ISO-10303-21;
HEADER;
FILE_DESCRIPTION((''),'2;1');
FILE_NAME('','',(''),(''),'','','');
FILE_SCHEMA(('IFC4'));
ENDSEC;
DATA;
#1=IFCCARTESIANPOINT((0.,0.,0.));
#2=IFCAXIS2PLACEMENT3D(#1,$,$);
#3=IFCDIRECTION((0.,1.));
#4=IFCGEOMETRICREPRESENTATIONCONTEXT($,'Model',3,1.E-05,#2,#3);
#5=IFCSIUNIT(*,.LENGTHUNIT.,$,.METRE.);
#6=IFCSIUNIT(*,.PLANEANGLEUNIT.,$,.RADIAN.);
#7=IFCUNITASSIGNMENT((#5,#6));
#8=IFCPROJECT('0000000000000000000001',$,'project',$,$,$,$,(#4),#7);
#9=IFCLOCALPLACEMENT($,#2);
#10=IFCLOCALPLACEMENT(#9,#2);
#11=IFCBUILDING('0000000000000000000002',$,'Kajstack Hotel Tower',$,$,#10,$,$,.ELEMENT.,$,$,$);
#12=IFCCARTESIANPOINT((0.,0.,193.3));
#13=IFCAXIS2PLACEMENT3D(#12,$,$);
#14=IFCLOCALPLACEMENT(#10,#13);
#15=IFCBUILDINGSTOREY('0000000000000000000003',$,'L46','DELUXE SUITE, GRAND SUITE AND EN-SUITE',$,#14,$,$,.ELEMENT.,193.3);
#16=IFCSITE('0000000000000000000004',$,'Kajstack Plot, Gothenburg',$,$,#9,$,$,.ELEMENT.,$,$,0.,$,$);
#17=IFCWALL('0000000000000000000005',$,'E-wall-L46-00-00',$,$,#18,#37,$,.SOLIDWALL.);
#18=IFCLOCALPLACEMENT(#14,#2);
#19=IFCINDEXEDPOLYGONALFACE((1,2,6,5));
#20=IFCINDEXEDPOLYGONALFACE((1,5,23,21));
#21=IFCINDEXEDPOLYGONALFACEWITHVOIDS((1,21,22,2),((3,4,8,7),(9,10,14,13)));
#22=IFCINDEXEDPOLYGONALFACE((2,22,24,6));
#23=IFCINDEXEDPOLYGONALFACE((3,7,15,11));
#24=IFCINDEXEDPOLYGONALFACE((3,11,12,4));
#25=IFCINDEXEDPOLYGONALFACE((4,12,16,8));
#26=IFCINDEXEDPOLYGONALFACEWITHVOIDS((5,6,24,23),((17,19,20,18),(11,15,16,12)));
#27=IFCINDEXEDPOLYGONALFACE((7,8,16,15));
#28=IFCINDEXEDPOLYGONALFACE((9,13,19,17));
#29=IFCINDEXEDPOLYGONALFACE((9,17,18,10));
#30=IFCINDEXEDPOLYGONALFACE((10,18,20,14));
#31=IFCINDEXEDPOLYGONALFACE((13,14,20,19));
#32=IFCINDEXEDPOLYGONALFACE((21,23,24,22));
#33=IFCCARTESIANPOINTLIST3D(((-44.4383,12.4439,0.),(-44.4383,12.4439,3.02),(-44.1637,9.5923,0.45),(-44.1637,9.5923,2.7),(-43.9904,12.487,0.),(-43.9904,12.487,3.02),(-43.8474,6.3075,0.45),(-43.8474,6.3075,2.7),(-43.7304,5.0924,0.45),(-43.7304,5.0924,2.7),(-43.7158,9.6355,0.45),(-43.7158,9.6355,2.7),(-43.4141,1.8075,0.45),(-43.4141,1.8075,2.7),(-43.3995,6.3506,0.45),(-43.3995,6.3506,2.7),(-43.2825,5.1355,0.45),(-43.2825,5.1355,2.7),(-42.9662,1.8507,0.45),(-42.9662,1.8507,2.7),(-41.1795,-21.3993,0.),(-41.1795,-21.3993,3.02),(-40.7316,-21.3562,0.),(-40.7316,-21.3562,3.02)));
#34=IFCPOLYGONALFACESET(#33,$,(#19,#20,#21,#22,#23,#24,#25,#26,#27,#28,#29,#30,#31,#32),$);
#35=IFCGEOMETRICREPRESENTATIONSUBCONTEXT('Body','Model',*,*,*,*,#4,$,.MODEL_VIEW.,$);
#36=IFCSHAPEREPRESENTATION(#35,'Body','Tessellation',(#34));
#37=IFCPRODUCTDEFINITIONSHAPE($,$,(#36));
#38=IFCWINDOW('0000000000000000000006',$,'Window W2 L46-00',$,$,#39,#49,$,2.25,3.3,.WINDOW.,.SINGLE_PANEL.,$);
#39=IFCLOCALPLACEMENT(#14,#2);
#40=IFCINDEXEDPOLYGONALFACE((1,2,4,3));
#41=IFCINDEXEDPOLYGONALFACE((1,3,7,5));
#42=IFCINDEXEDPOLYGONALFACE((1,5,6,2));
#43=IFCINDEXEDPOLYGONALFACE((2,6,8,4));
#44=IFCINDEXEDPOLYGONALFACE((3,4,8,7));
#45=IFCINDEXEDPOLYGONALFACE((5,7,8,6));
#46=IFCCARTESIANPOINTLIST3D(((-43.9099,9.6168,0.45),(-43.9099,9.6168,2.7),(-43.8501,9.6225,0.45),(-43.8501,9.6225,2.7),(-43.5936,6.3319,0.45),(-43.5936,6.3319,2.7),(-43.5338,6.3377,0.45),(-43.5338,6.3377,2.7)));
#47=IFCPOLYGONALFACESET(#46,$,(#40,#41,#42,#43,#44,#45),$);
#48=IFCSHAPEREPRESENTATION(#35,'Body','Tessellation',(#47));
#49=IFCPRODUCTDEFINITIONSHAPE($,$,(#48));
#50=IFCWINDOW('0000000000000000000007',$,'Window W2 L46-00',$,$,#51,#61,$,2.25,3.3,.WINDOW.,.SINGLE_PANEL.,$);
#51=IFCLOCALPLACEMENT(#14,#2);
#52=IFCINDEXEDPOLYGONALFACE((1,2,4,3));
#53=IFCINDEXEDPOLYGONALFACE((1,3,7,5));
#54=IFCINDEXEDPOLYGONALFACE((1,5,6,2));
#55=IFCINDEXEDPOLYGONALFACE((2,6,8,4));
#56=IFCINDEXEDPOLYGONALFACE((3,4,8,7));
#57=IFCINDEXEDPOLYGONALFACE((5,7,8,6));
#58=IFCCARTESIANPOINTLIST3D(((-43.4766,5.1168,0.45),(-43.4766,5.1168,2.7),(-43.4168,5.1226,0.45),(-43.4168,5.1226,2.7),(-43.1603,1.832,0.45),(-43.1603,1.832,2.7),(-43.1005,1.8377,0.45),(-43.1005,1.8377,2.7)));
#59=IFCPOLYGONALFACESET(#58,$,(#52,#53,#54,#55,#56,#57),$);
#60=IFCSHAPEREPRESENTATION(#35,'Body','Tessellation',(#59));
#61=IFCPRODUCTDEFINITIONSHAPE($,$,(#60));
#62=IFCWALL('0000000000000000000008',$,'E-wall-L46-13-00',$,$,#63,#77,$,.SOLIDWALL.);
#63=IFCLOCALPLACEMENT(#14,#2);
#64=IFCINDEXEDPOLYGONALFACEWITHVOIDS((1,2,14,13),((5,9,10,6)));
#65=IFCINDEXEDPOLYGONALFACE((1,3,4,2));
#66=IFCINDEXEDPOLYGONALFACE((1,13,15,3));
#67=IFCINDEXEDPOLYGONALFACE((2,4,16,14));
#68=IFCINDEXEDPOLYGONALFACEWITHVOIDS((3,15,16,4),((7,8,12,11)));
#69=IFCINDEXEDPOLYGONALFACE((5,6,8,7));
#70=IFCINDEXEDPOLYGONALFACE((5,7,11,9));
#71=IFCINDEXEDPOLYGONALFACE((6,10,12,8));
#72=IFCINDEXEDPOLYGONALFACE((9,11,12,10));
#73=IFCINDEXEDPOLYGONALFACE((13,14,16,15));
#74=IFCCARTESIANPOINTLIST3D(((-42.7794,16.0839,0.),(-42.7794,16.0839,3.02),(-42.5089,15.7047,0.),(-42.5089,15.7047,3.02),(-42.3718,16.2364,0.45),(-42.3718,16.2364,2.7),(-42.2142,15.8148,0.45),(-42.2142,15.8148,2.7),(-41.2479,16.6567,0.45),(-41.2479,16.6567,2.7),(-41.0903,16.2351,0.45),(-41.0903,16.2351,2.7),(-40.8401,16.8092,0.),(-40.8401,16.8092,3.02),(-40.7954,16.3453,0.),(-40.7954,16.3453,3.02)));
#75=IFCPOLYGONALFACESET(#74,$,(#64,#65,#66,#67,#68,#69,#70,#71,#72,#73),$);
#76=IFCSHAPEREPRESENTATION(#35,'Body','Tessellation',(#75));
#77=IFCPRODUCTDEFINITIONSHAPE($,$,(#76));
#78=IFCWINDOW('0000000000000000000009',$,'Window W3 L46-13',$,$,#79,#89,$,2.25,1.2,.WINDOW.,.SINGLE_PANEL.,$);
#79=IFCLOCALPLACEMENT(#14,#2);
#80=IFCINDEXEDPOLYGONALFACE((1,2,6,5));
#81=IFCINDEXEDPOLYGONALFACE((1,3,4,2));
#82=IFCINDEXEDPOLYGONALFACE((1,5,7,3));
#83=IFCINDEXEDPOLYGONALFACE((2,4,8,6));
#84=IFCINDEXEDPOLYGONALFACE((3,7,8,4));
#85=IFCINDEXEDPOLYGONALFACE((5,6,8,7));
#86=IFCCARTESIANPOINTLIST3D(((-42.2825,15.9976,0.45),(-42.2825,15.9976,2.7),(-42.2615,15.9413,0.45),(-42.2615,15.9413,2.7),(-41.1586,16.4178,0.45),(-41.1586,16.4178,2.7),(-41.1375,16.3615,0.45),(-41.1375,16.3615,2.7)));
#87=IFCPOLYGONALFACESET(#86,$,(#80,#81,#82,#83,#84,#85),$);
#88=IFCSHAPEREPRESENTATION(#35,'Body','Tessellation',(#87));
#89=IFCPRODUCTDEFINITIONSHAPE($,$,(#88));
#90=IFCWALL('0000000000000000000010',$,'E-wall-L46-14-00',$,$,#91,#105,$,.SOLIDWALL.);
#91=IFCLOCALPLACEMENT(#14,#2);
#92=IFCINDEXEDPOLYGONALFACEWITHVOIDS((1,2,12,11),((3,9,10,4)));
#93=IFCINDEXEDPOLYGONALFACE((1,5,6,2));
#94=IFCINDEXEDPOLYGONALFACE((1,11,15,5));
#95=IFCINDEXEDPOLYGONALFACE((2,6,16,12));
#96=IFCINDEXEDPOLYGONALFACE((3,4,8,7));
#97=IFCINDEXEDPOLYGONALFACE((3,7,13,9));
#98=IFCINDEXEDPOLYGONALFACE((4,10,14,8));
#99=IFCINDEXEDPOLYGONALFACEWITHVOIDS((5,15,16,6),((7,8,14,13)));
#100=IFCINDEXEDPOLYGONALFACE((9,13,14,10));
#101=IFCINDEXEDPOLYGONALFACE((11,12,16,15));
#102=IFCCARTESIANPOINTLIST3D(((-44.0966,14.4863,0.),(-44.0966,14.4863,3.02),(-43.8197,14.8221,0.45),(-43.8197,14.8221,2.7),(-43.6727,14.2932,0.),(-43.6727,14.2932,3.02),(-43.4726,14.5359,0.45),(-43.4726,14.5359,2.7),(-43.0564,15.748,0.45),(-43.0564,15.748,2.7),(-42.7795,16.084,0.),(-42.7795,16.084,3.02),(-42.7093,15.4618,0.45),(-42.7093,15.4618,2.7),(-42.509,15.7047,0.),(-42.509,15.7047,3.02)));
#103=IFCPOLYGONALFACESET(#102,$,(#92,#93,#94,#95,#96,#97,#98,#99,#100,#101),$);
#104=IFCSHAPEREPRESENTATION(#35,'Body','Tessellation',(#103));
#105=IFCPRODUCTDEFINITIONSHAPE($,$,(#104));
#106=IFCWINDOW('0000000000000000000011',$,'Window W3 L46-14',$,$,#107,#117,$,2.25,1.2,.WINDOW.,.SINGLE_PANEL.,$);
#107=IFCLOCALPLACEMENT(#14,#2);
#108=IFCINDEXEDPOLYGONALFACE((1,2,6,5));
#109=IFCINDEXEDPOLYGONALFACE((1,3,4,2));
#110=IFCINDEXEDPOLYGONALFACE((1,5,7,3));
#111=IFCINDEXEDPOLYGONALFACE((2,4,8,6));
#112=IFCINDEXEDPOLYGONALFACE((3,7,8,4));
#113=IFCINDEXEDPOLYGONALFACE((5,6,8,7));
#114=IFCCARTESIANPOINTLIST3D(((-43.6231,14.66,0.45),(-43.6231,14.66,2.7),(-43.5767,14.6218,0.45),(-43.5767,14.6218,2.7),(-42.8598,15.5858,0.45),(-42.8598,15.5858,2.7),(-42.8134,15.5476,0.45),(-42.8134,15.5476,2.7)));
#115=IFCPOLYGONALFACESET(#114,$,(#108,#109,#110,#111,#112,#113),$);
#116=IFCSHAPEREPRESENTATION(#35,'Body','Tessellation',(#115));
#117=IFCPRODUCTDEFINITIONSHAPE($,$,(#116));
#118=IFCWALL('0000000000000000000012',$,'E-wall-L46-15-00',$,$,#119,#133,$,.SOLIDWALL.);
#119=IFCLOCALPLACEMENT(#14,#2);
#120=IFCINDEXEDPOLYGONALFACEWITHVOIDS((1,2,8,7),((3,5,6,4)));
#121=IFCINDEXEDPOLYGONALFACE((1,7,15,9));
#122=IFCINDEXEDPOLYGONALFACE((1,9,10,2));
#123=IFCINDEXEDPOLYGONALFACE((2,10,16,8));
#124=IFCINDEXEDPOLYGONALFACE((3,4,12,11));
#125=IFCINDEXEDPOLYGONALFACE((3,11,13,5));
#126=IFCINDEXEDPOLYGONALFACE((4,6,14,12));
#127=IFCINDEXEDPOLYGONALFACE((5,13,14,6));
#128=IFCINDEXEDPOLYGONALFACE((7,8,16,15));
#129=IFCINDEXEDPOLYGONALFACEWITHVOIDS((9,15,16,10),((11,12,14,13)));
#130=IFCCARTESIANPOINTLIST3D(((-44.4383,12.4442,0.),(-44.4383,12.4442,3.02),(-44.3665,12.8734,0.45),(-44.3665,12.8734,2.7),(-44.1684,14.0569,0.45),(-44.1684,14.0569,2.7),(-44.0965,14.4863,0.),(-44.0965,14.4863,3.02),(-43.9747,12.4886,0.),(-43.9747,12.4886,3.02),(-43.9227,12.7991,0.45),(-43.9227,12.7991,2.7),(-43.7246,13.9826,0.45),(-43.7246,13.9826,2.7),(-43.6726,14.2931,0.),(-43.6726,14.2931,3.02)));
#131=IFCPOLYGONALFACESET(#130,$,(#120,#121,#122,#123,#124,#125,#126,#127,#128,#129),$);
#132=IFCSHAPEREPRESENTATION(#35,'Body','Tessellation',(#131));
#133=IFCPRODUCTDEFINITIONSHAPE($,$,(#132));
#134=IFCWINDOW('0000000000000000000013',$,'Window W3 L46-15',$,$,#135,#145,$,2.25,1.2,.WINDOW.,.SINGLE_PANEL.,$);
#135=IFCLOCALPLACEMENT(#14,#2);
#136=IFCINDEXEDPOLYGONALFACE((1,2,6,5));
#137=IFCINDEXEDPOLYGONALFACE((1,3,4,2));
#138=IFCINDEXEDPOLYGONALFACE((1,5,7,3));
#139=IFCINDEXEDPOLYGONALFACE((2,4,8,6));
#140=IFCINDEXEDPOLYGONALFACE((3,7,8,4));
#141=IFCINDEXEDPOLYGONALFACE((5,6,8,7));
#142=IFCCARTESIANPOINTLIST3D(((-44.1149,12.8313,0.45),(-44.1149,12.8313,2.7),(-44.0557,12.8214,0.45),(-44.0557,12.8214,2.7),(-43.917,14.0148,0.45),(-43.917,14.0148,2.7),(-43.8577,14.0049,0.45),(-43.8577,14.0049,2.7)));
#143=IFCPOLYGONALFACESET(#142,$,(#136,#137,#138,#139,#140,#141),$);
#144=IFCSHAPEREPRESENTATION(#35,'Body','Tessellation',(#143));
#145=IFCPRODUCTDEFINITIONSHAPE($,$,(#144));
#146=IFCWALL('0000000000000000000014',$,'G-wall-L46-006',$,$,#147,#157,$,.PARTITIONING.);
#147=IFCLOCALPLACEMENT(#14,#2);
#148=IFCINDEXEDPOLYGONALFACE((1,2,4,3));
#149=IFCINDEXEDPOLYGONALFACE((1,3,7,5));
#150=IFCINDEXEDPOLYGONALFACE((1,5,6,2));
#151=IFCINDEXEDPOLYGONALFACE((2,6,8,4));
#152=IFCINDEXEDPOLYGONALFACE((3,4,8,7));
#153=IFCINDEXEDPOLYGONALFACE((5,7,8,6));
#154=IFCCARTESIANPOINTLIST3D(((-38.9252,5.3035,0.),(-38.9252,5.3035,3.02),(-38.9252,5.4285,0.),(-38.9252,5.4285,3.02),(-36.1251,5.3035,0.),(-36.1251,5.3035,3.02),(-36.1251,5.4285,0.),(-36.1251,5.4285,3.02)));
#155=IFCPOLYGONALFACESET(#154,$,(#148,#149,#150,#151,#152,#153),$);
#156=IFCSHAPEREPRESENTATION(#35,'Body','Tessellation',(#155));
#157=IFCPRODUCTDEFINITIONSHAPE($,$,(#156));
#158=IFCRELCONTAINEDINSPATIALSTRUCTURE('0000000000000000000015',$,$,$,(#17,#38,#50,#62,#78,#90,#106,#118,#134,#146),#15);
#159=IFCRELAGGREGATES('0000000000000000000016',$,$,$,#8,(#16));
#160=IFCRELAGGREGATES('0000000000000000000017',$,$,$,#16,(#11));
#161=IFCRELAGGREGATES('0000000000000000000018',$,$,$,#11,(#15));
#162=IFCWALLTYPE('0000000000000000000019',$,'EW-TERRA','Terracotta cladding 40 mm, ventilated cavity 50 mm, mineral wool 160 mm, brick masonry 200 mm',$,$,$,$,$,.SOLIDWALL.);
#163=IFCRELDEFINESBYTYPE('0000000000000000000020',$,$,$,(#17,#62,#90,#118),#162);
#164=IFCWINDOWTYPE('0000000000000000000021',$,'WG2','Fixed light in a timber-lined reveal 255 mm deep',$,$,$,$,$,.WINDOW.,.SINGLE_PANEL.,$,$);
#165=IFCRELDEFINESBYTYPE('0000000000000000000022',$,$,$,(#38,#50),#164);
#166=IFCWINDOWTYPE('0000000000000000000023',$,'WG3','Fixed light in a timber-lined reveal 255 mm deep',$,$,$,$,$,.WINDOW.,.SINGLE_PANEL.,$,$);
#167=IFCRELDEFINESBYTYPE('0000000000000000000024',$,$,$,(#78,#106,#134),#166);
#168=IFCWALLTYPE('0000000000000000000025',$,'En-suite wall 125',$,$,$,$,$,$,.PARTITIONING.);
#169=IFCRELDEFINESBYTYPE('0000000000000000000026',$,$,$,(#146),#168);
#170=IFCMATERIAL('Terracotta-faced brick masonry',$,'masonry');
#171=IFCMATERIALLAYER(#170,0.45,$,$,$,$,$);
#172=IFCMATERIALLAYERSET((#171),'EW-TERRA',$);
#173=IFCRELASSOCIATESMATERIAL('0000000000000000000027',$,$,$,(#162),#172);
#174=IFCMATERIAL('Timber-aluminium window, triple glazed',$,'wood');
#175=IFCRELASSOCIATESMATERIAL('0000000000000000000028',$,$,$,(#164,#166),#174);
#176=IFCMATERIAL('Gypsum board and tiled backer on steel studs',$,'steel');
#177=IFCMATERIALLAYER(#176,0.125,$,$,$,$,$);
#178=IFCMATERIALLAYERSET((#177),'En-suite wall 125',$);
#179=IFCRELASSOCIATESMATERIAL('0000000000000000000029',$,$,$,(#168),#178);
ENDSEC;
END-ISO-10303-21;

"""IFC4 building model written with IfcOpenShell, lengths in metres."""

from ifc_helpers import new_model, si_unit, direction, frame, frame_2d, origin, place, context, subcontext, project, spatial, polyline, rectangle, outline, extrude, material, layer, layer_set, type_object, element, fill, save


model = new_model("IFC4")

# Units and contexts
model_context = context("Model", 3, precision=1e-05, world=origin(), true_north=direction((0.0, 1.0)))
body_context = subcontext(model_context, "Body", "Model", "MODEL_VIEW")
ifc_project = project(units=[si_unit("LENGTHUNIT", "METRE"), si_unit("PLANEANGLEUNIT", "RADIAN")], contexts=[model_context])

# Site, building, storey
site_placement = place(None, origin())
site = spatial("IfcSite", under=ifc_project, at=site_placement, Name="Kajstack Plot, Gothenburg", CompositionType="ELEMENT", RefElevation=0.0)
building_placement = place(site_placement, origin())
building = spatial("IfcBuilding", under=site, at=building_placement, Name="Kajstack Hotel Tower", CompositionType="ELEMENT")
storey_placement = place(building_placement, frame((0.0, 0.0, 193.3)))
storey = spatial("IfcBuildingStorey", under=building, at=storey_placement, Name="L46", Description="DELUXE SUITE, GRAND SUITE AND EN-SUITE", CompositionType="ELEMENT", Elevation=193.3)

# Wall, openings, windows
ifc_material_1 = material(Name="Terracotta-faced brick masonry", Category="masonry")
ifc_layer_1 = layer(ifc_material_1, 0.45)
ifc_layer_set_1 = layer_set([ifc_layer_1], Name="EW-TERRA")
wall_type_1 = type_object("IfcWallType", Name="EW-TERRA", Description="Terracotta cladding 40 mm, ventilated cavity 50 mm, mineral wool 160 mm, brick masonry 200 mm", PredefinedType="SOLIDWALL", material=ifc_layer_set_1)
wall_1_placement = place(storey_placement, frame((-44.2144, 12.4656, 0.0), z_axis=(0.0, 0.0, 1.0), x_axis=(0.095847, -0.995396, 0.0)))
wall_1 = element("IfcWall", 1, at=wall_1_placement, inside=storey, type_object=wall_type_1, Name="E-wall-L46-00-00", PredefinedType="SOLIDWALL", context=body_context, shape_type="SweptSolid", body=[
    extrude(rectangle(XDim=33.9998, YDim=0.45, at=frame_2d((17.0, 0.0))), origin(), (0.0, 0.0, 1.0), 3.02),
])
opening_1_placement = place(wall_1_placement, frame((2.865, 0.0, 0.45)))
opening_1 = element("IfcOpeningElement", 2, at=opening_1_placement, cuts=wall_1, PredefinedType="OPENING", context=body_context, shape_type="SweptSolid", body=[
    extrude(rectangle(XDim=3.3, YDim=2.25, at=frame_2d((1.6499, 1.125))), frame((0.0, 0.2349, 0.0), z_axis=(0.0, -1.0, 0.0), x_axis=(1.0, 0.0, 0.0)), (0.0, 0.0, 1.0), 0.47),
])
opening_2_placement = place(wall_1_placement, frame((7.3857, 0.0, 0.45)))
opening_2 = element("IfcOpeningElement", 3, at=opening_2_placement, cuts=wall_1, PredefinedType="OPENING", context=body_context, shape_type="SweptSolid", body=[
    extrude(rectangle(XDim=3.3, YDim=2.25, at=frame_2d((1.6499, 1.125))), frame((0.0, 0.2349, 0.0), z_axis=(0.0, -1.0, 0.0), x_axis=(1.0, 0.0, 0.0)), (0.0, 0.0, 1.0), 0.47),
])
ifc_material_2 = material(Name="Timber-aluminium window, triple glazed", Category="wood")
window_type_1 = type_object("IfcWindowType", Name="WG2", Description="Fixed light in a timber-lined reveal 255 mm deep", PartitioningType="SINGLE_PANEL", PredefinedType="WINDOW", material=ifc_material_2)
window_1_placement = place(opening_1_placement, origin())
window_1 = element("IfcWindow", 4, at=window_1_placement, inside=storey, type_object=window_type_1, Name="Window W2 L46-00", OverallHeight=2.25, OverallWidth=3.3, PartitioningType="SINGLE_PANEL", PredefinedType="WINDOW", context=body_context, shape_type="SweptSolid", body=[
    extrude(rectangle(XDim=3.3, YDim=2.25, at=frame_2d((1.6499, 1.125))), frame((0.0, 0.0901, 0.0), z_axis=(0.0, -1.0, 0.0), x_axis=(1.0, 0.0, 0.0)), (0.0, 0.0, 1.0), 0.0601),
])
fill(opening_1, window_1)
window_2_placement = place(opening_2_placement, origin())
window_2 = element("IfcWindow", 5, at=window_2_placement, inside=storey, type_object=window_type_1, Name="Window W2 L46-00", OverallHeight=2.25, OverallWidth=3.3, PartitioningType="SINGLE_PANEL", PredefinedType="WINDOW", context=body_context, shape_type="SweptSolid", body=[
    extrude(rectangle(XDim=3.3, YDim=2.25, at=frame_2d((1.6499, 1.125))), frame((0.0, 0.0901, 0.0), z_axis=(0.0, -1.0, 0.0), x_axis=(1.0, 0.0, 0.0)), (0.0, 0.0, 1.0), 0.0601),
])
fill(opening_2, window_2)

# Walls, openings, windows
wall_2_placement = place(storey_placement, frame((-40.7612, 16.5984, 0.0), z_axis=(0.0, 0.0, 1.0), x_axis=(-0.936678, -0.350193, 0.0)))
wall_2 = element("IfcWall", 6, at=wall_2_placement, inside=storey, type_object=wall_type_1, Name="E-wall-L46-13-00", PredefinedType="SOLIDWALL", context=body_context, shape_type="SweptSolid", body=[
    extrude(outline(polyline([(0.0, -0.2251), (2.0706, -0.2249), (1.95, 0.2251), (0.1206, 0.2251), (0.0, -0.2251)])), origin(), (0.0, 0.0, 1.0), 3.02),
])
opening_3_placement = place(wall_2_placement, frame((0.4353, 0.0, 0.45)))
opening_3 = element("IfcOpeningElement", 7, at=opening_3_placement, cuts=wall_2, PredefinedType="OPENING", context=body_context, shape_type="SweptSolid", body=[
    extrude(rectangle(XDim=1.2, YDim=2.25, at=frame_2d((0.6001, 1.125))), frame((0.0, 0.2349, 0.0), z_axis=(0.0, -1.0, 0.0), x_axis=(1.0, 0.0, 0.0)), (0.0, 0.0, 1.0), 0.47),
])
window_type_2 = type_object("IfcWindowType", Name="WG3", Description="Fixed light in a timber-lined reveal 255 mm deep", PartitioningType="SINGLE_PANEL", PredefinedType="WINDOW", material=ifc_material_2)
window_3_placement = place(opening_3_placement, origin())
window_3 = element("IfcWindow", 8, at=window_3_placement, inside=storey, type_object=window_type_2, Name="Window W3 L46-13", OverallHeight=2.25, OverallWidth=1.2, PartitioningType="SINGLE_PANEL", PredefinedType="WINDOW", context=body_context, shape_type="SweptSolid", body=[
    extrude(rectangle(XDim=1.2, YDim=2.25, at=frame_2d((0.6001, 1.125))), frame((0.0, 0.0901, 0.0), z_axis=(0.0, -1.0, 0.0), x_axis=(1.0, 0.0, 0.0)), (0.0, 0.0, 1.0), 0.0601),
])
fill(opening_3, window_3)
wall_3_placement = place(storey_placement, frame((-42.606, 15.9409, 0.0), z_axis=(0.0, 0.0, 1.0), x_axis=(-0.636116, -0.771593, 0.0)))
wall_3 = element("IfcWall", 9, at=wall_3_placement, inside=storey, type_object=wall_type_1, Name="E-wall-L46-14-00", PredefinedType="SOLIDWALL", context=body_context, shape_type="SweptSolid", body=[
    extrude(outline(polyline([(0.0, -0.2249), (2.0706, -0.2249), (1.95, 0.2251), (0.1206, 0.2251), (0.0, -0.2249)])), origin(), (0.0, 0.0, 1.0), 3.02),
])
opening_4_placement = place(wall_3_placement, frame((0.4353, 0.0, 0.45)))
opening_4 = element("IfcOpeningElement", 10, at=opening_4_placement, cuts=wall_3, PredefinedType="OPENING", context=body_context, shape_type="SweptSolid", body=[
    extrude(rectangle(XDim=1.2, YDim=2.25, at=frame_2d((0.6001, 1.125))), frame((0.0, 0.2349, 0.0), z_axis=(0.0, -1.0, 0.0), x_axis=(1.0, 0.0, 0.0)), (0.0, 0.0, 1.0), 0.47),
])
window_4_placement = place(opening_4_placement, origin())
window_4 = element("IfcWindow", 11, at=window_4_placement, inside=storey, type_object=window_type_2, Name="Window W3 L46-14", OverallHeight=2.25, OverallWidth=1.2, PartitioningType="SINGLE_PANEL", PredefinedType="WINDOW", context=body_context, shape_type="SweptSolid", body=[
    extrude(rectangle(XDim=1.2, YDim=2.25, at=frame_2d((0.6001, 1.125))), frame((0.0, 0.0901, 0.0), z_axis=(0.0, -1.0, 0.0), x_axis=(1.0, 0.0, 0.0)), (0.0, 0.0, 1.0), 0.0601),
])
fill(opening_4, window_4)
wall_4_placement = place(storey_placement, frame((-43.8748, 14.4492, 0.0), z_axis=(0.0, 0.0, 1.0), x_axis=(-0.164953, -0.986301, 0.0)))
wall_4 = element("IfcWall", 12, at=wall_4_placement, inside=storey, type_object=wall_type_1, Name="E-wall-L46-15-00", PredefinedType="SOLIDWALL", context=body_context, shape_type="SweptSolid", body=[
    extrude(outline(polyline([(0.0, -0.2249), (2.0706, -0.2251), (1.9502, 0.2249), (0.1206, 0.2251), (0.0, -0.2249)])), origin(), (0.0, 0.0, 1.0), 3.02),
])
opening_5_placement = place(wall_4_placement, frame((0.4353, 0.0, 0.45)))
opening_5 = element("IfcOpeningElement", 13, at=opening_5_placement, cuts=wall_4, PredefinedType="OPENING", context=body_context, shape_type="SweptSolid", body=[
    extrude(rectangle(XDim=1.2, YDim=2.25, at=frame_2d((0.6001, 1.125))), frame((0.0, 0.2349, 0.0), z_axis=(0.0, -1.0, 0.0), x_axis=(1.0, 0.0, 0.0)), (0.0, 0.0, 1.0), 0.47),
])
window_5_placement = place(opening_5_placement, origin())
window_5 = element("IfcWindow", 14, at=window_5_placement, inside=storey, type_object=window_type_2, Name="Window W3 L46-15", OverallHeight=2.25, OverallWidth=1.2, PartitioningType="SINGLE_PANEL", PredefinedType="WINDOW", context=body_context, shape_type="SweptSolid", body=[
    extrude(rectangle(XDim=1.2, YDim=2.25, at=frame_2d((0.6001, 1.125))), frame((0.0, 0.0901, 0.0), z_axis=(0.0, -1.0, 0.0), x_axis=(1.0, 0.0, 0.0)), (0.0, 0.0, 1.0), 0.0601),
])
fill(opening_5, window_5)

# Wall
ifc_material_3 = material(Name="Gypsum board and tiled backer on steel studs", Category="steel")
ifc_layer_2 = layer(ifc_material_3, 0.125)
ifc_layer_set_2 = layer_set([ifc_layer_2], Name="En-suite wall 125")
wall_type_2 = type_object("IfcWallType", Name="En-suite wall 125", PredefinedType="PARTITIONING", material=ifc_layer_set_2)
wall_5_placement = place(storey_placement, frame((-38.925, 5.366, 0.0), z_axis=(0.0, 0.0, 1.0), x_axis=(1.0, 0.0, 0.0)))
element("IfcWall", 15, at=wall_5_placement, inside=storey, type_object=wall_type_2, Name="G-wall-L46-006", PredefinedType="PARTITIONING", context=body_context, shape_type="SweptSolid", body=[
    extrude(rectangle(XDim=2.8, YDim=0.125, at=frame_2d((1.3999, 0.0))), origin(), (0.0, 0.0, 1.0), 3.02),
])

save(model, "model.ifc")
